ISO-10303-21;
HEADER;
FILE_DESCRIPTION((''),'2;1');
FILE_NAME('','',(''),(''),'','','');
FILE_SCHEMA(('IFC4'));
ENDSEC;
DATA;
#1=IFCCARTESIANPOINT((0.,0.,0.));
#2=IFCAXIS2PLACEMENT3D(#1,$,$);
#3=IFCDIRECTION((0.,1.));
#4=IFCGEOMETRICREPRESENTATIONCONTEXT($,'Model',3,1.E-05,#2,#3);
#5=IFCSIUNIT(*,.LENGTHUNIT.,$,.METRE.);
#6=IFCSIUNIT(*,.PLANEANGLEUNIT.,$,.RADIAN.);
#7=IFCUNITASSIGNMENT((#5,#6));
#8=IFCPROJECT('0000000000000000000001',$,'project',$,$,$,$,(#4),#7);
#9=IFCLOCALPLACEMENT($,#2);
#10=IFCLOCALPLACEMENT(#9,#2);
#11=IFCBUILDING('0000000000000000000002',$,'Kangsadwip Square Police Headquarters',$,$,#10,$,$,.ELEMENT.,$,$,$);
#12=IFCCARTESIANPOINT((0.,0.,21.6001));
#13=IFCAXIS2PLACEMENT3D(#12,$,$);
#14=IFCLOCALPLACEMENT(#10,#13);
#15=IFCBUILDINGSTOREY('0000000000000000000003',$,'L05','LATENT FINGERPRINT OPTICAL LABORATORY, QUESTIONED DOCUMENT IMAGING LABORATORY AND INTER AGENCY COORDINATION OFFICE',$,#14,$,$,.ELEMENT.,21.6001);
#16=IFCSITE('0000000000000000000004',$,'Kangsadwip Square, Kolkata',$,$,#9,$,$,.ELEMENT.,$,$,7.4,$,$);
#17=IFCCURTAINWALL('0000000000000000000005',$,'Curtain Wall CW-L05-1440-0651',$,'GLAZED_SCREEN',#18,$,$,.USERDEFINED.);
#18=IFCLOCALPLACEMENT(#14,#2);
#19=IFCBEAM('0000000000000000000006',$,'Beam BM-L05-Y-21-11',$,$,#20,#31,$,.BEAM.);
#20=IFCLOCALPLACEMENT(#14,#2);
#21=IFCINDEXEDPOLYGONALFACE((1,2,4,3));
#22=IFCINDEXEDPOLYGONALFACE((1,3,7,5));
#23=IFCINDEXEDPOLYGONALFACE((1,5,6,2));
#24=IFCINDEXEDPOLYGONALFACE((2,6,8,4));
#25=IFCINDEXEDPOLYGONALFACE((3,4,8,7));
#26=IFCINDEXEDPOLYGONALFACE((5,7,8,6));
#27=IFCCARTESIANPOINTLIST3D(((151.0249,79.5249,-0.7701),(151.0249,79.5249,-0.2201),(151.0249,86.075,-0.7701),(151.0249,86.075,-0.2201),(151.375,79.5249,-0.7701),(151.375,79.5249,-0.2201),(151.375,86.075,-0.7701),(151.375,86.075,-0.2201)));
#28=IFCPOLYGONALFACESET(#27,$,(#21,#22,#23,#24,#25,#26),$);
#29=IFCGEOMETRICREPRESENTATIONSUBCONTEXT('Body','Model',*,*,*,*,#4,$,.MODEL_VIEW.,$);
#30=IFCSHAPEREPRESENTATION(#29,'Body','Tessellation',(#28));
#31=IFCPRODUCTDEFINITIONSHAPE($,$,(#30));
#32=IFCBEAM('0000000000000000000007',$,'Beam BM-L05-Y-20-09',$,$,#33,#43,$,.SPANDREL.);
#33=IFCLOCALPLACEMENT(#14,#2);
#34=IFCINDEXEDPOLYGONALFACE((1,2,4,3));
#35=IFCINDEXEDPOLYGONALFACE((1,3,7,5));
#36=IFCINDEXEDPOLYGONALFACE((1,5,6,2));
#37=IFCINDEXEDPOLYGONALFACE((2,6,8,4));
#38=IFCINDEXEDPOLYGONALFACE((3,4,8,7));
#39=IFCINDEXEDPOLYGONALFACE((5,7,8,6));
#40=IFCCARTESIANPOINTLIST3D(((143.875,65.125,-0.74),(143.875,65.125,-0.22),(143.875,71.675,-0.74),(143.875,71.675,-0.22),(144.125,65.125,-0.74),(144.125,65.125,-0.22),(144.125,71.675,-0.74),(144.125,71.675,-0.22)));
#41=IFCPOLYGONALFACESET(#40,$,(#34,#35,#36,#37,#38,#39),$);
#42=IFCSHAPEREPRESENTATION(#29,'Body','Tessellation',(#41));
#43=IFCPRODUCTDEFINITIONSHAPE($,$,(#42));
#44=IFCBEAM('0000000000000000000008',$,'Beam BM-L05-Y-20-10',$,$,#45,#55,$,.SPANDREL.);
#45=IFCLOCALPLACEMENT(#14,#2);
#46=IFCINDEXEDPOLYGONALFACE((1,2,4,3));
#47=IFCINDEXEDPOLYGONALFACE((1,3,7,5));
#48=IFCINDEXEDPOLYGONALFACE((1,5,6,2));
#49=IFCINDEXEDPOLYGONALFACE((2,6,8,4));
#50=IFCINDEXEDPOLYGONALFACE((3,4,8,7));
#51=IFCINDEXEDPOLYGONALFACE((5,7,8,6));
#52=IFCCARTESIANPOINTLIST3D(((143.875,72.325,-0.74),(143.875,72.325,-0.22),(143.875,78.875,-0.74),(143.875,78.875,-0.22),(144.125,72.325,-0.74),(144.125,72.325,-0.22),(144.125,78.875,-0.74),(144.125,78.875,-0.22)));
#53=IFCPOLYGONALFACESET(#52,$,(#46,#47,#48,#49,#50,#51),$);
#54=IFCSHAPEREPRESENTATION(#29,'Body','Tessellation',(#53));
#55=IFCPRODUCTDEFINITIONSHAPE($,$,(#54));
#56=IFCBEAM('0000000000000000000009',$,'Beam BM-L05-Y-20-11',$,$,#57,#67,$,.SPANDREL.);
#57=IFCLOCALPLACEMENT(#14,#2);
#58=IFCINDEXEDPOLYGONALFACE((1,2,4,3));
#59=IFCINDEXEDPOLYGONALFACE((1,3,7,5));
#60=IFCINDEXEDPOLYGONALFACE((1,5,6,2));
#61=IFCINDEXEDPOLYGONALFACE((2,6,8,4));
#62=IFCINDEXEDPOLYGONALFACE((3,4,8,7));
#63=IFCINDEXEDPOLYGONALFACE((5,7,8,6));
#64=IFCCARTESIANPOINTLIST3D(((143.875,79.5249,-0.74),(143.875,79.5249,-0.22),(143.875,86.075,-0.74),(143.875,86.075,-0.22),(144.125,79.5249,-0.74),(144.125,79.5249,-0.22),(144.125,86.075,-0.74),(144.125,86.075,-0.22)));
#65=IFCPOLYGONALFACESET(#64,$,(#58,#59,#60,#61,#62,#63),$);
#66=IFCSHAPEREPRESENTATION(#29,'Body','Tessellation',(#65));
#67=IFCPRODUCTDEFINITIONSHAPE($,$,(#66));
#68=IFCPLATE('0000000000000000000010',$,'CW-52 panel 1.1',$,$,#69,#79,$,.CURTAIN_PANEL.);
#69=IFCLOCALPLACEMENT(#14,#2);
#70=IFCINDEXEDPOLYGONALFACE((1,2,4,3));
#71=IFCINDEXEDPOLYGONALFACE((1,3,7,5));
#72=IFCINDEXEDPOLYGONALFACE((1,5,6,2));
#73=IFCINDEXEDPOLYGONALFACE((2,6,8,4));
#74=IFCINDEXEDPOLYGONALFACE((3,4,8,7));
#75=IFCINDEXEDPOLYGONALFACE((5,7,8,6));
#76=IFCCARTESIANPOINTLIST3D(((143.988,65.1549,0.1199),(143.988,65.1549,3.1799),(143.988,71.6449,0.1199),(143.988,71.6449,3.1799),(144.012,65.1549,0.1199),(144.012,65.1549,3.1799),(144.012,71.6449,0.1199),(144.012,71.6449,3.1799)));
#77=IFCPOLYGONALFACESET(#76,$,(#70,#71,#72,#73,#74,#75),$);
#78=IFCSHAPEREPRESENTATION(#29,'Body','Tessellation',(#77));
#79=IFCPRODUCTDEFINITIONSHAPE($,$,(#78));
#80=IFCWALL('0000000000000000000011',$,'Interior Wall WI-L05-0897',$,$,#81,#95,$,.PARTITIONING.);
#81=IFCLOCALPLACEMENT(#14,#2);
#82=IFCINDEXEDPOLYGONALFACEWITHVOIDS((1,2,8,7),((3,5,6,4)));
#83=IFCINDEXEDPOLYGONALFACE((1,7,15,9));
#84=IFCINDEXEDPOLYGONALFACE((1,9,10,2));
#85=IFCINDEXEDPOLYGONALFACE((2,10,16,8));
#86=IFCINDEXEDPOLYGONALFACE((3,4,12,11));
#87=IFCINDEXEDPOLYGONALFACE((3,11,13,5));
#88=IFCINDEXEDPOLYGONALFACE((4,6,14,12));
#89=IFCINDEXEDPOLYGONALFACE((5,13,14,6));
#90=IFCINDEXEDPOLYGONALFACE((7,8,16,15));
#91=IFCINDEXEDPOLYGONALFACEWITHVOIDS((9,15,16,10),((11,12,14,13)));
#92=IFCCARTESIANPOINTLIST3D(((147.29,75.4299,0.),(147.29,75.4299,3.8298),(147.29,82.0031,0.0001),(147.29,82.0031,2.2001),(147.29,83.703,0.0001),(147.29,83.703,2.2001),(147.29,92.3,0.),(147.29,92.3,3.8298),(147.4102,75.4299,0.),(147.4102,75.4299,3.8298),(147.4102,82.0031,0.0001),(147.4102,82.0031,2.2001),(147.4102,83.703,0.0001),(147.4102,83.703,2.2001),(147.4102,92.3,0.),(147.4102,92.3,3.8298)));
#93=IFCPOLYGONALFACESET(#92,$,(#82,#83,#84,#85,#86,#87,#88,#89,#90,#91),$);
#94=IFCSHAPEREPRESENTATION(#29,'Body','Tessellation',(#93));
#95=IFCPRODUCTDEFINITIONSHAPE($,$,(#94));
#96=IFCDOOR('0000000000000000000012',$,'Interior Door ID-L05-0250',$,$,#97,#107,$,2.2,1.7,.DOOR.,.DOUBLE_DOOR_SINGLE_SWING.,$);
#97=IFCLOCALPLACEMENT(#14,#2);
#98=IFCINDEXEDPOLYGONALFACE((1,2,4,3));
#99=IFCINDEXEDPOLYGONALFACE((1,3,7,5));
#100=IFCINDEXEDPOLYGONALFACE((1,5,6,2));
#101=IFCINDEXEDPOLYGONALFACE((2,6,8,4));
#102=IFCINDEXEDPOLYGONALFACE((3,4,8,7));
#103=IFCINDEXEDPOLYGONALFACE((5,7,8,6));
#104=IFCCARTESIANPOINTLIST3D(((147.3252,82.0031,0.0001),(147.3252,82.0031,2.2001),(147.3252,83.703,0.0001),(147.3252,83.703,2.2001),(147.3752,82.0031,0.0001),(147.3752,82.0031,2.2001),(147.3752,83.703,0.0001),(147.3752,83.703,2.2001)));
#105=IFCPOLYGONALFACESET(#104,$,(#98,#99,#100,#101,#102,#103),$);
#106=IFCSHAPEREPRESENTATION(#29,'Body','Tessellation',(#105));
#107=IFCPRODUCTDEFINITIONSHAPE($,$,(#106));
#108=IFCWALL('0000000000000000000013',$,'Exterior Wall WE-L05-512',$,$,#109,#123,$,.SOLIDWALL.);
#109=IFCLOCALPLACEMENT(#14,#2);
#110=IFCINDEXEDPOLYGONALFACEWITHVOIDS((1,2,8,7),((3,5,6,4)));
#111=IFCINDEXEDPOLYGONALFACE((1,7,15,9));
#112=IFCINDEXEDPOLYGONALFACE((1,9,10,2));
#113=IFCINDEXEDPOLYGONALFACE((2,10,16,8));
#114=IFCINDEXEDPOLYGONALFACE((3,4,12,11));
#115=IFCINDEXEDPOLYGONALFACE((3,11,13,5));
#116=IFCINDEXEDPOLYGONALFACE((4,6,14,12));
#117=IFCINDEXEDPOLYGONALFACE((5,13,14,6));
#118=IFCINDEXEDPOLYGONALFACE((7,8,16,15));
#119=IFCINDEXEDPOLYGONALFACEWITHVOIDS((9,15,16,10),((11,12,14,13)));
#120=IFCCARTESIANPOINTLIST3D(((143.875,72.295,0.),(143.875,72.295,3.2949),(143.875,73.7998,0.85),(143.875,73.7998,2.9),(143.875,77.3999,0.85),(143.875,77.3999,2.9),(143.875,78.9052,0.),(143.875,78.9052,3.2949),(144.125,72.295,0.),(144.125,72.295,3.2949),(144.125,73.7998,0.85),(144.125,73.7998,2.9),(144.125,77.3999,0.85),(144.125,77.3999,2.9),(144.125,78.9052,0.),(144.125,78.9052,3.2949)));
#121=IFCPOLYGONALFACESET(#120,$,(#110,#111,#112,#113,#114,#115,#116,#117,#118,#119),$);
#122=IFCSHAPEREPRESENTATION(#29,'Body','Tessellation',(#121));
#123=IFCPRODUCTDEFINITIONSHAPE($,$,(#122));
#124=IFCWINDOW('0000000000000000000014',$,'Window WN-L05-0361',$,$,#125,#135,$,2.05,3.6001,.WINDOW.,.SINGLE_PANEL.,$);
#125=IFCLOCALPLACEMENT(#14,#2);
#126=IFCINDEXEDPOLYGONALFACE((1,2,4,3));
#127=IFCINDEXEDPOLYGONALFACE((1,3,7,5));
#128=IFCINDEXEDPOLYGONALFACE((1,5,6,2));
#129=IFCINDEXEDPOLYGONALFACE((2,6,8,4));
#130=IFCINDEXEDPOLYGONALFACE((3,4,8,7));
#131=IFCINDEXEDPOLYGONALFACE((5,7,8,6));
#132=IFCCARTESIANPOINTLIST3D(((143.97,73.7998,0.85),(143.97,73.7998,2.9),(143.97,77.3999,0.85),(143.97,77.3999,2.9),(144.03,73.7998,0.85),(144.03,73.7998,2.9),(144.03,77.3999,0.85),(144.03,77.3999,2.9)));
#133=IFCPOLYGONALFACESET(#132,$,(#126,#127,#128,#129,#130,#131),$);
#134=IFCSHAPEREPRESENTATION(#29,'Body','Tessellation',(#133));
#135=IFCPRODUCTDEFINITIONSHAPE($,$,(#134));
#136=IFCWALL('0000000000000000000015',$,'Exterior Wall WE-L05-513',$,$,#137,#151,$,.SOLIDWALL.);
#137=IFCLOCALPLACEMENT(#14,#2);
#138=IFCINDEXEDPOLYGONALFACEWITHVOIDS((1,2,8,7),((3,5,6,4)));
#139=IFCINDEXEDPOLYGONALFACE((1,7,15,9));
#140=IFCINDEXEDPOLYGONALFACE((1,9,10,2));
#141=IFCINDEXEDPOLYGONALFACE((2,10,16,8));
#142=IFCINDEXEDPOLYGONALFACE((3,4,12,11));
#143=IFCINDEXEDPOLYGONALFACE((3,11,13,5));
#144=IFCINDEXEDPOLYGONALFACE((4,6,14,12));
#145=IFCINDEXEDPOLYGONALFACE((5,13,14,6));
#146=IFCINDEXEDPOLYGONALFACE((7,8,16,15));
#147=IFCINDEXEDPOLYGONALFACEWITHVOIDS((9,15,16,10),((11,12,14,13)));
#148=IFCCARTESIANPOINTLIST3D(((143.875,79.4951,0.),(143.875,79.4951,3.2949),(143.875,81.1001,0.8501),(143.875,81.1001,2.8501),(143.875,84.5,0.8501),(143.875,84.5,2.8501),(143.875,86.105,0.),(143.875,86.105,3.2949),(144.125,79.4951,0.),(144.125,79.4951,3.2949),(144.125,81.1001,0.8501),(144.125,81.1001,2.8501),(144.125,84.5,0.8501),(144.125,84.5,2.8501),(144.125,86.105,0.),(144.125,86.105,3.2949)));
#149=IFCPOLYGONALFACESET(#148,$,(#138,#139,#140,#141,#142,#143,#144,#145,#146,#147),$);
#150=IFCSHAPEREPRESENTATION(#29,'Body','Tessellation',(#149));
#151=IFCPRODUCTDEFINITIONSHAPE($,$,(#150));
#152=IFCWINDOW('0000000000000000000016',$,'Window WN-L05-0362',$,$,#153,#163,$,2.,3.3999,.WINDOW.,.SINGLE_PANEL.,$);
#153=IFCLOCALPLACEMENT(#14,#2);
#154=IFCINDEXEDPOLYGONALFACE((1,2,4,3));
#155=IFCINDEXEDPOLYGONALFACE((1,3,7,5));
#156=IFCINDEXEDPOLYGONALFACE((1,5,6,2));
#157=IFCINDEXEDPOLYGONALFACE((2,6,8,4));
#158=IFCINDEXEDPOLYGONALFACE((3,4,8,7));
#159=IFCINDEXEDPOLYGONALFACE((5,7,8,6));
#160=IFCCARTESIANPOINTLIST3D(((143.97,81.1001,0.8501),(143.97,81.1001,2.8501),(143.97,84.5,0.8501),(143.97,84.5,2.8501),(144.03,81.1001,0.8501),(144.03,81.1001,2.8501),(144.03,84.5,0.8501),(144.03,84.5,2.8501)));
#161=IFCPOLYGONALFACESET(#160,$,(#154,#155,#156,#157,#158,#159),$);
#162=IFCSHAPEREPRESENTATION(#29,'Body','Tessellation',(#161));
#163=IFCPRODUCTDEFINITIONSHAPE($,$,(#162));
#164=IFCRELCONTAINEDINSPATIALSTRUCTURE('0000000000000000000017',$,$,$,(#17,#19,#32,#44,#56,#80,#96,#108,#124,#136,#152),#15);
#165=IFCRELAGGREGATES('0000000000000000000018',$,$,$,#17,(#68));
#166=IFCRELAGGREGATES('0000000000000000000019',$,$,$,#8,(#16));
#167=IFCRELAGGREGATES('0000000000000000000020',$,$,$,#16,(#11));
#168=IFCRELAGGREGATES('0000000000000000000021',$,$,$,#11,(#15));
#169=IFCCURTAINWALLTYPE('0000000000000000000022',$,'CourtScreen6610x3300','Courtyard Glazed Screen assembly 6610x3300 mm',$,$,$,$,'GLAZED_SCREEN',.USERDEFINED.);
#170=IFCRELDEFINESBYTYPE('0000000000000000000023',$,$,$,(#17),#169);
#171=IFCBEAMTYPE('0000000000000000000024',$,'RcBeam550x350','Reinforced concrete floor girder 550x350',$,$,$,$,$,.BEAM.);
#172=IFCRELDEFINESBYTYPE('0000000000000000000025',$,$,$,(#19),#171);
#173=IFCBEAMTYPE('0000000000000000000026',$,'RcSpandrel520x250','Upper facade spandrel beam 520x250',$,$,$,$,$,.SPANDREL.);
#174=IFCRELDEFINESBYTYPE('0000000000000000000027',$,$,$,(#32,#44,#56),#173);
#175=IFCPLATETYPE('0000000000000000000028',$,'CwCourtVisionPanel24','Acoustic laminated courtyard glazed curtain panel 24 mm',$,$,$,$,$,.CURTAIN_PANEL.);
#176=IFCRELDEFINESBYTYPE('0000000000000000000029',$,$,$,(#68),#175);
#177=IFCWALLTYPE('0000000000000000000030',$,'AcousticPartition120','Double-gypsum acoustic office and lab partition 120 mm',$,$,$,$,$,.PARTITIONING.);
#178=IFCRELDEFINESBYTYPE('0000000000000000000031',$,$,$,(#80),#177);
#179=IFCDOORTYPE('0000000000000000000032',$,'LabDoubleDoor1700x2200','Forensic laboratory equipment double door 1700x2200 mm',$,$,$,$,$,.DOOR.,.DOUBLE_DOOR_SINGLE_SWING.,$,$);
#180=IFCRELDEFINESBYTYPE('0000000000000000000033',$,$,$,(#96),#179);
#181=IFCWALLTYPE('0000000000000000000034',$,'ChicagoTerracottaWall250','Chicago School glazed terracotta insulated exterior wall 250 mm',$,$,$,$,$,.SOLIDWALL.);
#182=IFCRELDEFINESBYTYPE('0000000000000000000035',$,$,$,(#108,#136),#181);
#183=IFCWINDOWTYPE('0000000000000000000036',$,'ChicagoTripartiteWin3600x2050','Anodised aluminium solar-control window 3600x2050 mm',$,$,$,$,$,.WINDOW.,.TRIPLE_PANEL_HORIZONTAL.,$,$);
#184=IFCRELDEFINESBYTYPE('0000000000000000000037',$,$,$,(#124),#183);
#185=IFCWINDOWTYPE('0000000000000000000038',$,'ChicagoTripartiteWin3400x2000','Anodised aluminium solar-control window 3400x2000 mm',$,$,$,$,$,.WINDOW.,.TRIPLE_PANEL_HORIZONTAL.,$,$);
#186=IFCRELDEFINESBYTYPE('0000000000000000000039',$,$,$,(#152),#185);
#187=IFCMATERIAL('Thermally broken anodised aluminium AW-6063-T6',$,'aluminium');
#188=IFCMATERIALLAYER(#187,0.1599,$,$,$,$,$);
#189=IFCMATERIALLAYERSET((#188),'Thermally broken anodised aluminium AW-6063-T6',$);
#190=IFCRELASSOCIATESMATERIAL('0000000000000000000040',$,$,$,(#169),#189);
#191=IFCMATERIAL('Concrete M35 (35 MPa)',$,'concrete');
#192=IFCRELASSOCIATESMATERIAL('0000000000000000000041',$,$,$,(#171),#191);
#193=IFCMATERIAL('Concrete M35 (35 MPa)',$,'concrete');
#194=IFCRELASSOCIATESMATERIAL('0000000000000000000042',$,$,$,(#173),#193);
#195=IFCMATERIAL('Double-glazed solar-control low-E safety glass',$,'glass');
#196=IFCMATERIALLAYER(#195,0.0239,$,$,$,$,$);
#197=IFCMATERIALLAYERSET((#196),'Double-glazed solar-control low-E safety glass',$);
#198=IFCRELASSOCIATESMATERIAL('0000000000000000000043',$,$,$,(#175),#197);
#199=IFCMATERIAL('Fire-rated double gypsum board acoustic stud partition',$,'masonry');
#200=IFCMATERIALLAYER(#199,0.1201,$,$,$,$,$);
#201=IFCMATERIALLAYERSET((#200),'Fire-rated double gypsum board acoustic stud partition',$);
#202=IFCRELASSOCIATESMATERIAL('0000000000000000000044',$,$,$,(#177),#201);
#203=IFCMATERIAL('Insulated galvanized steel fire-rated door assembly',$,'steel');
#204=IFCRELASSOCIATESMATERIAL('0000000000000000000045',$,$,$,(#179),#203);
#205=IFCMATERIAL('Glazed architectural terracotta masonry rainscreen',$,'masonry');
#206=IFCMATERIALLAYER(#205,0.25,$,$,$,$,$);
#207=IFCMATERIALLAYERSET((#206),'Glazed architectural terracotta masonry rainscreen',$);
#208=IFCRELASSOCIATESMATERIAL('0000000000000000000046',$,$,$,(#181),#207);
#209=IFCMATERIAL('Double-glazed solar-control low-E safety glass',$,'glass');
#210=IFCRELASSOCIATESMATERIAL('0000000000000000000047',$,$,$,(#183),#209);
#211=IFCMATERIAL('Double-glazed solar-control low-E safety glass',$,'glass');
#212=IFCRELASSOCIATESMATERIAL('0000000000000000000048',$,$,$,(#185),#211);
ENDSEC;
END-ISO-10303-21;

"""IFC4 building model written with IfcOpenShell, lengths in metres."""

from ifc_helpers import new_model, si_unit, direction, frame, frame_2d, origin, origin_2d, place, context, subcontext, project, spatial, rectangle, extrude, material, layer, layer_set, material_profile, profile_set, type_object, element, fill, aggregate, save


model = new_model("IFC4")

# Units and contexts
model_context = context("Model", 3, precision=1e-05, world=origin(), true_north=direction((0.0, 1.0)))
body_context = subcontext(model_context, "Body", "Model", "MODEL_VIEW")
ifc_project = project(units=[si_unit("LENGTHUNIT", "METRE"), si_unit("PLANEANGLEUNIT", "RADIAN")], contexts=[model_context])

# Site, building, storey
site_placement = place(None, origin())
site = spatial("IfcSite", under=ifc_project, at=site_placement, Name="Kangsadwip Square, Kolkata", CompositionType="ELEMENT", RefElevation=7.4)
building_placement = place(site_placement, origin())
building = spatial("IfcBuilding", under=site, at=building_placement, Name="Kangsadwip Square Police Headquarters", CompositionType="ELEMENT")
storey_placement = place(building_placement, frame((0.0, 0.0, 21.6001)))
storey = spatial("IfcBuildingStorey", under=building, at=storey_placement, Name="L05", Description="LATENT FINGERPRINT OPTICAL LABORATORY, QUESTIONED DOCUMENT IMAGING LABORATORY AND INTER AGENCY COORDINATION OFFICE", CompositionType="ELEMENT", Elevation=21.6001)

# Curtain wall
ifc_material_1 = material(Name="Thermally broken anodised aluminium AW-6063-T6", Category="aluminium")
ifc_layer_1 = layer(ifc_material_1, 0.1599)
ifc_layer_set_1 = layer_set([ifc_layer_1], Name="Thermally broken anodised aluminium AW-6063-T6")
curtain_wall_type = type_object("IfcCurtainWallType", Name="CourtScreen6610x3300", Description="Courtyard Glazed Screen assembly 6610x3300 mm", ElementType="GLAZED_SCREEN", PredefinedType="USERDEFINED", material=ifc_layer_set_1)
curtain_wall_placement = place(storey_placement, origin())
curtain_wall = element("IfcCurtainWall", 1, at=curtain_wall_placement, inside=storey, type_object=curtain_wall_type, Name="Curtain Wall CW-L05-1440-0651", ObjectType="GLAZED_SCREEN", PredefinedType="USERDEFINED")

# Beams
ifc_material_2 = material(Name="Concrete M35 (35 MPa)", Category="concrete")
ifc_material_profile_1 = material_profile(ifc_material_2, rectangle(XDim=0.3501, YDim=0.55, at=origin_2d()), Name="RC BM 550X350")
ifc_profile_set_1 = profile_set([ifc_material_profile_1], Name="Concrete M35 (35 MPa)")
beam_type_1 = type_object("IfcBeamType", Name="RcBeam550x350", Description="Reinforced concrete floor girder 550x350", PredefinedType="BEAM", material=ifc_profile_set_1)
for number, where, z_axis, x_axis, name in (
    (2, (151.2, 79.5249, -0.4951), (0.0, 1.0, 0.0), (-1.0, 0.0, 0.0), "Beam BM-L05-Y-21-11"),
):
    element("IfcBeam", number, at=place(storey_placement, frame(where, z_axis=z_axis, x_axis=x_axis)), inside=storey, type_object=beam_type_1, Name=name, PredefinedType="BEAM", context=body_context, shape_type="SweptSolid", body=[
        extrude(rectangle(XDim=0.3501, YDim=0.55, at=origin_2d()), origin(), (0.0, 0.0, 1.0), 6.55),
    ])
ifc_material_3 = material(Name="Concrete M35 (35 MPa)", Category="concrete")
ifc_material_profile_2 = material_profile(ifc_material_3, rectangle(XDim=0.25, YDim=0.52, at=origin_2d()), Name="RC SPN 520X250")
ifc_profile_set_2 = profile_set([ifc_material_profile_2], Name="Concrete M35 (35 MPa)")
beam_type_2 = type_object("IfcBeamType", Name="RcSpandrel520x250", Description="Upper facade spandrel beam 520x250", PredefinedType="SPANDREL", material=ifc_profile_set_2)
for number, where, z_axis, x_axis, name in (
    (3, (144.0, 65.125, -0.48), (0.0, 1.0, 0.0), (-1.0, 0.0, 0.0), "Beam BM-L05-Y-20-09"),
    (4, (144.0, 72.325, -0.48), (0.0, 1.0, 0.0), (-1.0, 0.0, 0.0), "Beam BM-L05-Y-20-10"),
    (5, (144.0, 79.5249, -0.48), (0.0, 1.0, 0.0), (-1.0, 0.0, 0.0), "Beam BM-L05-Y-20-11"),
):
    element("IfcBeam", number, at=place(storey_placement, frame(where, z_axis=z_axis, x_axis=x_axis)), inside=storey, type_object=beam_type_2, Name=name, PredefinedType="SPANDREL", context=body_context, shape_type="SweptSolid", body=[
        extrude(rectangle(XDim=0.25, YDim=0.52, at=origin_2d()), origin(), (0.0, 0.0, 1.0), 6.55),
    ])

# Plate
ifc_material_4 = material(Name="Double-glazed solar-control low-E safety glass", Category="glass")
ifc_layer_2 = layer(ifc_material_4, 0.0239)
ifc_layer_set_2 = layer_set([ifc_layer_2], Name="Double-glazed solar-control low-E safety glass")
plate_type = type_object("IfcPlateType", Name="CwCourtVisionPanel24", Description="Acoustic laminated courtyard glazed curtain panel 24 mm", PredefinedType="CURTAIN_PANEL", material=ifc_layer_set_2)
plate_placement = place(storey_placement, frame((144.0, 68.3999, 0.1199), z_axis=(0.0, 0.0, 1.0), x_axis=(0.0, 1.0, 0.0)))
plate = element("IfcPlate", 6, at=plate_placement, type_object=plate_type, Name="CW-52 panel 1.1", PredefinedType="CURTAIN_PANEL", context=body_context, shape_type="SweptSolid", body=[
    extrude(rectangle(XDim=6.49, YDim=0.0239, at=origin_2d()), origin(), (0.0, 0.0, 1.0), 3.0601),
])
aggregate(curtain_wall, [plate])

# Wall, opening, door
ifc_material_5 = material(Name="Fire-rated double gypsum board acoustic stud partition", Category="masonry")
ifc_layer_3 = layer(ifc_material_5, 0.1201)
ifc_layer_set_3 = layer_set([ifc_layer_3], Name="Fire-rated double gypsum board acoustic stud partition")
wall_type_1 = type_object("IfcWallType", Name="AcousticPartition120", Description="Double-gypsum acoustic office and lab partition 120 mm", PredefinedType="PARTITIONING", material=ifc_layer_set_3)
wall_1_placement = place(storey_placement, frame((147.3501, 75.4299, 0.0), z_axis=(0.0, 0.0, 1.0), x_axis=(0.0, 1.0, 0.0)))
wall_1 = element("IfcWall", 7, at=wall_1_placement, inside=storey, type_object=wall_type_1, Name="Interior Wall WI-L05-0897", PredefinedType="PARTITIONING", context=body_context, shape_type="SweptSolid", body=[
    extrude(rectangle(XDim=16.8701, YDim=0.1201, at=frame_2d((8.4351, 0.0))), origin(), (0.0, 0.0, 1.0), 3.8298),
])
opening_1_placement = place(wall_1_placement, frame((6.573, 0.0, 0.0)))
opening_1 = element("IfcOpeningElement", 8, at=opening_1_placement, cuts=wall_1, PredefinedType="OPENING", context=body_context, shape_type="SweptSolid", body=[
    extrude(rectangle(XDim=1.7, YDim=2.2, at=frame_2d((0.8501, 1.1001))), frame((0.0, 0.0701, 0.0), z_axis=(0.0, -1.0, 0.0), x_axis=(1.0, 0.0, 0.0)), (0.0, 0.0, 1.0), 0.1401),
])
ifc_material_6 = material(Name="Insulated galvanized steel fire-rated door assembly", Category="steel")
door_type_1 = type_object("IfcDoorType", Name="LabDoubleDoor1700x2200", Description="Forensic laboratory equipment double door 1700x2200 mm", OperationType="DOUBLE_DOOR_SINGLE_SWING", PredefinedType="DOOR", material=ifc_material_6)
door_1_placement = place(opening_1_placement, origin())
door_1 = element("IfcDoor", 9, at=door_1_placement, inside=storey, type_object=door_type_1, Name="Interior Door ID-L05-0250", OperationType="DOUBLE_DOOR_SINGLE_SWING", OverallHeight=2.2, OverallWidth=1.7, PredefinedType="DOOR", context=body_context, shape_type="SweptSolid", body=[
    extrude(rectangle(XDim=1.7, YDim=2.2, at=frame_2d((0.8501, 1.1001))), frame((0.0, 0.0249, 0.0), z_axis=(0.0, -1.0, 0.0), x_axis=(1.0, 0.0, 0.0)), (0.0, 0.0, 1.0), 0.05),
])
fill(opening_1, door_1)

# Walls, openings, windows
ifc_material_7 = material(Name="Glazed architectural terracotta masonry rainscreen", Category="masonry")
ifc_layer_4 = layer(ifc_material_7, 0.25)
ifc_layer_set_4 = layer_set([ifc_layer_4], Name="Glazed architectural terracotta masonry rainscreen")
wall_type_2 = type_object("IfcWallType", Name="ChicagoTerracottaWall250", Description="Chicago School glazed terracotta insulated exterior wall 250 mm", PredefinedType="SOLIDWALL", material=ifc_layer_set_4)
wall_2_placement = place(storey_placement, frame((144.0, 72.2949, 0.0), z_axis=(0.0, 0.0, 1.0), x_axis=(0.0, 1.0, 0.0)))
wall_2 = element("IfcWall", 10, at=wall_2_placement, inside=storey, type_object=wall_type_2, Name="Exterior Wall WE-L05-512", PredefinedType="SOLIDWALL", context=body_context, shape_type="SweptSolid", body=[
    extrude(rectangle(XDim=6.6101, YDim=0.25, at=frame_2d((3.3052, 0.0))), origin(), (0.0, 0.0, 1.0), 3.2949),
])
opening_2_placement = place(wall_2_placement, frame((1.5049, 0.0, 0.8501)))
opening_2 = element("IfcOpeningElement", 11, at=opening_2_placement, cuts=wall_2, PredefinedType="OPENING", context=body_context, shape_type="SweptSolid", body=[
    extrude(rectangle(XDim=3.6001, YDim=2.05, at=frame_2d((1.8, 1.0249))), frame((0.0, 0.135, 0.0), z_axis=(0.0, -1.0, 0.0), x_axis=(1.0, 0.0, 0.0)), (0.0, 0.0, 1.0), 0.27),
])
ifc_material_8 = material(Name="Double-glazed solar-control low-E safety glass", Category="glass")
window_type_1 = type_object("IfcWindowType", Name="ChicagoTripartiteWin3600x2050", Description="Anodised aluminium solar-control window 3600x2050 mm", PartitioningType="TRIPLE_PANEL_HORIZONTAL", PredefinedType="WINDOW", material=ifc_material_8)
window_1_placement = place(opening_2_placement, origin())
window_1 = element("IfcWindow", 12, at=window_1_placement, inside=storey, type_object=window_type_1, Name="Window WN-L05-0361", OverallHeight=2.05, OverallWidth=3.6001, PartitioningType="SINGLE_PANEL", PredefinedType="WINDOW", context=body_context, shape_type="SweptSolid", body=[
    extrude(rectangle(XDim=3.6001, YDim=2.05, at=frame_2d((1.8, 1.0249))), frame((0.0, 0.03, 0.0), z_axis=(0.0, -1.0, 0.0), x_axis=(1.0, 0.0, 0.0)), (0.0, 0.0, 1.0), 0.0601),
])
fill(opening_2, window_1)
wall_3_placement = place(storey_placement, frame((144.0, 79.4951, 0.0), z_axis=(0.0, 0.0, 1.0), x_axis=(0.0, 1.0, 0.0)))
wall_3 = element("IfcWall", 13, at=wall_3_placement, inside=storey, type_object=wall_type_2, Name="Exterior Wall WE-L05-513", PredefinedType="SOLIDWALL", context=body_context, shape_type="SweptSolid", body=[
    extrude(rectangle(XDim=6.6099, YDim=0.25, at=frame_2d((3.3049, 0.0))), origin(), (0.0, 0.0, 1.0), 3.2949),
])
opening_3_placement = place(wall_3_placement, frame((1.605, 0.0, 0.8501)))
opening_3 = element("IfcOpeningElement", 14, at=opening_3_placement, cuts=wall_3, PredefinedType="OPENING", context=body_context, shape_type="SweptSolid", body=[
    extrude(rectangle(XDim=3.3999, YDim=2.0, at=frame_2d((1.7, 1.0))), frame((0.0, 0.135, 0.0), z_axis=(0.0, -1.0, 0.0), x_axis=(1.0, 0.0, 0.0)), (0.0, 0.0, 1.0), 0.27),
])
ifc_material_9 = material(Name="Double-glazed solar-control low-E safety glass", Category="glass")
window_type_2 = type_object("IfcWindowType", Name="ChicagoTripartiteWin3400x2000", Description="Anodised aluminium solar-control window 3400x2000 mm", PartitioningType="TRIPLE_PANEL_HORIZONTAL", PredefinedType="WINDOW", material=ifc_material_9)
window_2_placement = place(opening_3_placement, origin())
window_2 = element("IfcWindow", 15, at=window_2_placement, inside=storey, type_object=window_type_2, Name="Window WN-L05-0362", OverallHeight=2.0, OverallWidth=3.3999, PartitioningType="SINGLE_PANEL", PredefinedType="WINDOW", context=body_context, shape_type="SweptSolid", body=[
    extrude(rectangle(XDim=3.3999, YDim=2.0, at=frame_2d((1.7, 1.0))), frame((0.0, 0.03, 0.0), z_axis=(0.0, -1.0, 0.0), x_axis=(1.0, 0.0, 0.0)), (0.0, 0.0, 1.0), 0.0601),
])
fill(opening_3, window_2)

save(model, "model.ifc")
